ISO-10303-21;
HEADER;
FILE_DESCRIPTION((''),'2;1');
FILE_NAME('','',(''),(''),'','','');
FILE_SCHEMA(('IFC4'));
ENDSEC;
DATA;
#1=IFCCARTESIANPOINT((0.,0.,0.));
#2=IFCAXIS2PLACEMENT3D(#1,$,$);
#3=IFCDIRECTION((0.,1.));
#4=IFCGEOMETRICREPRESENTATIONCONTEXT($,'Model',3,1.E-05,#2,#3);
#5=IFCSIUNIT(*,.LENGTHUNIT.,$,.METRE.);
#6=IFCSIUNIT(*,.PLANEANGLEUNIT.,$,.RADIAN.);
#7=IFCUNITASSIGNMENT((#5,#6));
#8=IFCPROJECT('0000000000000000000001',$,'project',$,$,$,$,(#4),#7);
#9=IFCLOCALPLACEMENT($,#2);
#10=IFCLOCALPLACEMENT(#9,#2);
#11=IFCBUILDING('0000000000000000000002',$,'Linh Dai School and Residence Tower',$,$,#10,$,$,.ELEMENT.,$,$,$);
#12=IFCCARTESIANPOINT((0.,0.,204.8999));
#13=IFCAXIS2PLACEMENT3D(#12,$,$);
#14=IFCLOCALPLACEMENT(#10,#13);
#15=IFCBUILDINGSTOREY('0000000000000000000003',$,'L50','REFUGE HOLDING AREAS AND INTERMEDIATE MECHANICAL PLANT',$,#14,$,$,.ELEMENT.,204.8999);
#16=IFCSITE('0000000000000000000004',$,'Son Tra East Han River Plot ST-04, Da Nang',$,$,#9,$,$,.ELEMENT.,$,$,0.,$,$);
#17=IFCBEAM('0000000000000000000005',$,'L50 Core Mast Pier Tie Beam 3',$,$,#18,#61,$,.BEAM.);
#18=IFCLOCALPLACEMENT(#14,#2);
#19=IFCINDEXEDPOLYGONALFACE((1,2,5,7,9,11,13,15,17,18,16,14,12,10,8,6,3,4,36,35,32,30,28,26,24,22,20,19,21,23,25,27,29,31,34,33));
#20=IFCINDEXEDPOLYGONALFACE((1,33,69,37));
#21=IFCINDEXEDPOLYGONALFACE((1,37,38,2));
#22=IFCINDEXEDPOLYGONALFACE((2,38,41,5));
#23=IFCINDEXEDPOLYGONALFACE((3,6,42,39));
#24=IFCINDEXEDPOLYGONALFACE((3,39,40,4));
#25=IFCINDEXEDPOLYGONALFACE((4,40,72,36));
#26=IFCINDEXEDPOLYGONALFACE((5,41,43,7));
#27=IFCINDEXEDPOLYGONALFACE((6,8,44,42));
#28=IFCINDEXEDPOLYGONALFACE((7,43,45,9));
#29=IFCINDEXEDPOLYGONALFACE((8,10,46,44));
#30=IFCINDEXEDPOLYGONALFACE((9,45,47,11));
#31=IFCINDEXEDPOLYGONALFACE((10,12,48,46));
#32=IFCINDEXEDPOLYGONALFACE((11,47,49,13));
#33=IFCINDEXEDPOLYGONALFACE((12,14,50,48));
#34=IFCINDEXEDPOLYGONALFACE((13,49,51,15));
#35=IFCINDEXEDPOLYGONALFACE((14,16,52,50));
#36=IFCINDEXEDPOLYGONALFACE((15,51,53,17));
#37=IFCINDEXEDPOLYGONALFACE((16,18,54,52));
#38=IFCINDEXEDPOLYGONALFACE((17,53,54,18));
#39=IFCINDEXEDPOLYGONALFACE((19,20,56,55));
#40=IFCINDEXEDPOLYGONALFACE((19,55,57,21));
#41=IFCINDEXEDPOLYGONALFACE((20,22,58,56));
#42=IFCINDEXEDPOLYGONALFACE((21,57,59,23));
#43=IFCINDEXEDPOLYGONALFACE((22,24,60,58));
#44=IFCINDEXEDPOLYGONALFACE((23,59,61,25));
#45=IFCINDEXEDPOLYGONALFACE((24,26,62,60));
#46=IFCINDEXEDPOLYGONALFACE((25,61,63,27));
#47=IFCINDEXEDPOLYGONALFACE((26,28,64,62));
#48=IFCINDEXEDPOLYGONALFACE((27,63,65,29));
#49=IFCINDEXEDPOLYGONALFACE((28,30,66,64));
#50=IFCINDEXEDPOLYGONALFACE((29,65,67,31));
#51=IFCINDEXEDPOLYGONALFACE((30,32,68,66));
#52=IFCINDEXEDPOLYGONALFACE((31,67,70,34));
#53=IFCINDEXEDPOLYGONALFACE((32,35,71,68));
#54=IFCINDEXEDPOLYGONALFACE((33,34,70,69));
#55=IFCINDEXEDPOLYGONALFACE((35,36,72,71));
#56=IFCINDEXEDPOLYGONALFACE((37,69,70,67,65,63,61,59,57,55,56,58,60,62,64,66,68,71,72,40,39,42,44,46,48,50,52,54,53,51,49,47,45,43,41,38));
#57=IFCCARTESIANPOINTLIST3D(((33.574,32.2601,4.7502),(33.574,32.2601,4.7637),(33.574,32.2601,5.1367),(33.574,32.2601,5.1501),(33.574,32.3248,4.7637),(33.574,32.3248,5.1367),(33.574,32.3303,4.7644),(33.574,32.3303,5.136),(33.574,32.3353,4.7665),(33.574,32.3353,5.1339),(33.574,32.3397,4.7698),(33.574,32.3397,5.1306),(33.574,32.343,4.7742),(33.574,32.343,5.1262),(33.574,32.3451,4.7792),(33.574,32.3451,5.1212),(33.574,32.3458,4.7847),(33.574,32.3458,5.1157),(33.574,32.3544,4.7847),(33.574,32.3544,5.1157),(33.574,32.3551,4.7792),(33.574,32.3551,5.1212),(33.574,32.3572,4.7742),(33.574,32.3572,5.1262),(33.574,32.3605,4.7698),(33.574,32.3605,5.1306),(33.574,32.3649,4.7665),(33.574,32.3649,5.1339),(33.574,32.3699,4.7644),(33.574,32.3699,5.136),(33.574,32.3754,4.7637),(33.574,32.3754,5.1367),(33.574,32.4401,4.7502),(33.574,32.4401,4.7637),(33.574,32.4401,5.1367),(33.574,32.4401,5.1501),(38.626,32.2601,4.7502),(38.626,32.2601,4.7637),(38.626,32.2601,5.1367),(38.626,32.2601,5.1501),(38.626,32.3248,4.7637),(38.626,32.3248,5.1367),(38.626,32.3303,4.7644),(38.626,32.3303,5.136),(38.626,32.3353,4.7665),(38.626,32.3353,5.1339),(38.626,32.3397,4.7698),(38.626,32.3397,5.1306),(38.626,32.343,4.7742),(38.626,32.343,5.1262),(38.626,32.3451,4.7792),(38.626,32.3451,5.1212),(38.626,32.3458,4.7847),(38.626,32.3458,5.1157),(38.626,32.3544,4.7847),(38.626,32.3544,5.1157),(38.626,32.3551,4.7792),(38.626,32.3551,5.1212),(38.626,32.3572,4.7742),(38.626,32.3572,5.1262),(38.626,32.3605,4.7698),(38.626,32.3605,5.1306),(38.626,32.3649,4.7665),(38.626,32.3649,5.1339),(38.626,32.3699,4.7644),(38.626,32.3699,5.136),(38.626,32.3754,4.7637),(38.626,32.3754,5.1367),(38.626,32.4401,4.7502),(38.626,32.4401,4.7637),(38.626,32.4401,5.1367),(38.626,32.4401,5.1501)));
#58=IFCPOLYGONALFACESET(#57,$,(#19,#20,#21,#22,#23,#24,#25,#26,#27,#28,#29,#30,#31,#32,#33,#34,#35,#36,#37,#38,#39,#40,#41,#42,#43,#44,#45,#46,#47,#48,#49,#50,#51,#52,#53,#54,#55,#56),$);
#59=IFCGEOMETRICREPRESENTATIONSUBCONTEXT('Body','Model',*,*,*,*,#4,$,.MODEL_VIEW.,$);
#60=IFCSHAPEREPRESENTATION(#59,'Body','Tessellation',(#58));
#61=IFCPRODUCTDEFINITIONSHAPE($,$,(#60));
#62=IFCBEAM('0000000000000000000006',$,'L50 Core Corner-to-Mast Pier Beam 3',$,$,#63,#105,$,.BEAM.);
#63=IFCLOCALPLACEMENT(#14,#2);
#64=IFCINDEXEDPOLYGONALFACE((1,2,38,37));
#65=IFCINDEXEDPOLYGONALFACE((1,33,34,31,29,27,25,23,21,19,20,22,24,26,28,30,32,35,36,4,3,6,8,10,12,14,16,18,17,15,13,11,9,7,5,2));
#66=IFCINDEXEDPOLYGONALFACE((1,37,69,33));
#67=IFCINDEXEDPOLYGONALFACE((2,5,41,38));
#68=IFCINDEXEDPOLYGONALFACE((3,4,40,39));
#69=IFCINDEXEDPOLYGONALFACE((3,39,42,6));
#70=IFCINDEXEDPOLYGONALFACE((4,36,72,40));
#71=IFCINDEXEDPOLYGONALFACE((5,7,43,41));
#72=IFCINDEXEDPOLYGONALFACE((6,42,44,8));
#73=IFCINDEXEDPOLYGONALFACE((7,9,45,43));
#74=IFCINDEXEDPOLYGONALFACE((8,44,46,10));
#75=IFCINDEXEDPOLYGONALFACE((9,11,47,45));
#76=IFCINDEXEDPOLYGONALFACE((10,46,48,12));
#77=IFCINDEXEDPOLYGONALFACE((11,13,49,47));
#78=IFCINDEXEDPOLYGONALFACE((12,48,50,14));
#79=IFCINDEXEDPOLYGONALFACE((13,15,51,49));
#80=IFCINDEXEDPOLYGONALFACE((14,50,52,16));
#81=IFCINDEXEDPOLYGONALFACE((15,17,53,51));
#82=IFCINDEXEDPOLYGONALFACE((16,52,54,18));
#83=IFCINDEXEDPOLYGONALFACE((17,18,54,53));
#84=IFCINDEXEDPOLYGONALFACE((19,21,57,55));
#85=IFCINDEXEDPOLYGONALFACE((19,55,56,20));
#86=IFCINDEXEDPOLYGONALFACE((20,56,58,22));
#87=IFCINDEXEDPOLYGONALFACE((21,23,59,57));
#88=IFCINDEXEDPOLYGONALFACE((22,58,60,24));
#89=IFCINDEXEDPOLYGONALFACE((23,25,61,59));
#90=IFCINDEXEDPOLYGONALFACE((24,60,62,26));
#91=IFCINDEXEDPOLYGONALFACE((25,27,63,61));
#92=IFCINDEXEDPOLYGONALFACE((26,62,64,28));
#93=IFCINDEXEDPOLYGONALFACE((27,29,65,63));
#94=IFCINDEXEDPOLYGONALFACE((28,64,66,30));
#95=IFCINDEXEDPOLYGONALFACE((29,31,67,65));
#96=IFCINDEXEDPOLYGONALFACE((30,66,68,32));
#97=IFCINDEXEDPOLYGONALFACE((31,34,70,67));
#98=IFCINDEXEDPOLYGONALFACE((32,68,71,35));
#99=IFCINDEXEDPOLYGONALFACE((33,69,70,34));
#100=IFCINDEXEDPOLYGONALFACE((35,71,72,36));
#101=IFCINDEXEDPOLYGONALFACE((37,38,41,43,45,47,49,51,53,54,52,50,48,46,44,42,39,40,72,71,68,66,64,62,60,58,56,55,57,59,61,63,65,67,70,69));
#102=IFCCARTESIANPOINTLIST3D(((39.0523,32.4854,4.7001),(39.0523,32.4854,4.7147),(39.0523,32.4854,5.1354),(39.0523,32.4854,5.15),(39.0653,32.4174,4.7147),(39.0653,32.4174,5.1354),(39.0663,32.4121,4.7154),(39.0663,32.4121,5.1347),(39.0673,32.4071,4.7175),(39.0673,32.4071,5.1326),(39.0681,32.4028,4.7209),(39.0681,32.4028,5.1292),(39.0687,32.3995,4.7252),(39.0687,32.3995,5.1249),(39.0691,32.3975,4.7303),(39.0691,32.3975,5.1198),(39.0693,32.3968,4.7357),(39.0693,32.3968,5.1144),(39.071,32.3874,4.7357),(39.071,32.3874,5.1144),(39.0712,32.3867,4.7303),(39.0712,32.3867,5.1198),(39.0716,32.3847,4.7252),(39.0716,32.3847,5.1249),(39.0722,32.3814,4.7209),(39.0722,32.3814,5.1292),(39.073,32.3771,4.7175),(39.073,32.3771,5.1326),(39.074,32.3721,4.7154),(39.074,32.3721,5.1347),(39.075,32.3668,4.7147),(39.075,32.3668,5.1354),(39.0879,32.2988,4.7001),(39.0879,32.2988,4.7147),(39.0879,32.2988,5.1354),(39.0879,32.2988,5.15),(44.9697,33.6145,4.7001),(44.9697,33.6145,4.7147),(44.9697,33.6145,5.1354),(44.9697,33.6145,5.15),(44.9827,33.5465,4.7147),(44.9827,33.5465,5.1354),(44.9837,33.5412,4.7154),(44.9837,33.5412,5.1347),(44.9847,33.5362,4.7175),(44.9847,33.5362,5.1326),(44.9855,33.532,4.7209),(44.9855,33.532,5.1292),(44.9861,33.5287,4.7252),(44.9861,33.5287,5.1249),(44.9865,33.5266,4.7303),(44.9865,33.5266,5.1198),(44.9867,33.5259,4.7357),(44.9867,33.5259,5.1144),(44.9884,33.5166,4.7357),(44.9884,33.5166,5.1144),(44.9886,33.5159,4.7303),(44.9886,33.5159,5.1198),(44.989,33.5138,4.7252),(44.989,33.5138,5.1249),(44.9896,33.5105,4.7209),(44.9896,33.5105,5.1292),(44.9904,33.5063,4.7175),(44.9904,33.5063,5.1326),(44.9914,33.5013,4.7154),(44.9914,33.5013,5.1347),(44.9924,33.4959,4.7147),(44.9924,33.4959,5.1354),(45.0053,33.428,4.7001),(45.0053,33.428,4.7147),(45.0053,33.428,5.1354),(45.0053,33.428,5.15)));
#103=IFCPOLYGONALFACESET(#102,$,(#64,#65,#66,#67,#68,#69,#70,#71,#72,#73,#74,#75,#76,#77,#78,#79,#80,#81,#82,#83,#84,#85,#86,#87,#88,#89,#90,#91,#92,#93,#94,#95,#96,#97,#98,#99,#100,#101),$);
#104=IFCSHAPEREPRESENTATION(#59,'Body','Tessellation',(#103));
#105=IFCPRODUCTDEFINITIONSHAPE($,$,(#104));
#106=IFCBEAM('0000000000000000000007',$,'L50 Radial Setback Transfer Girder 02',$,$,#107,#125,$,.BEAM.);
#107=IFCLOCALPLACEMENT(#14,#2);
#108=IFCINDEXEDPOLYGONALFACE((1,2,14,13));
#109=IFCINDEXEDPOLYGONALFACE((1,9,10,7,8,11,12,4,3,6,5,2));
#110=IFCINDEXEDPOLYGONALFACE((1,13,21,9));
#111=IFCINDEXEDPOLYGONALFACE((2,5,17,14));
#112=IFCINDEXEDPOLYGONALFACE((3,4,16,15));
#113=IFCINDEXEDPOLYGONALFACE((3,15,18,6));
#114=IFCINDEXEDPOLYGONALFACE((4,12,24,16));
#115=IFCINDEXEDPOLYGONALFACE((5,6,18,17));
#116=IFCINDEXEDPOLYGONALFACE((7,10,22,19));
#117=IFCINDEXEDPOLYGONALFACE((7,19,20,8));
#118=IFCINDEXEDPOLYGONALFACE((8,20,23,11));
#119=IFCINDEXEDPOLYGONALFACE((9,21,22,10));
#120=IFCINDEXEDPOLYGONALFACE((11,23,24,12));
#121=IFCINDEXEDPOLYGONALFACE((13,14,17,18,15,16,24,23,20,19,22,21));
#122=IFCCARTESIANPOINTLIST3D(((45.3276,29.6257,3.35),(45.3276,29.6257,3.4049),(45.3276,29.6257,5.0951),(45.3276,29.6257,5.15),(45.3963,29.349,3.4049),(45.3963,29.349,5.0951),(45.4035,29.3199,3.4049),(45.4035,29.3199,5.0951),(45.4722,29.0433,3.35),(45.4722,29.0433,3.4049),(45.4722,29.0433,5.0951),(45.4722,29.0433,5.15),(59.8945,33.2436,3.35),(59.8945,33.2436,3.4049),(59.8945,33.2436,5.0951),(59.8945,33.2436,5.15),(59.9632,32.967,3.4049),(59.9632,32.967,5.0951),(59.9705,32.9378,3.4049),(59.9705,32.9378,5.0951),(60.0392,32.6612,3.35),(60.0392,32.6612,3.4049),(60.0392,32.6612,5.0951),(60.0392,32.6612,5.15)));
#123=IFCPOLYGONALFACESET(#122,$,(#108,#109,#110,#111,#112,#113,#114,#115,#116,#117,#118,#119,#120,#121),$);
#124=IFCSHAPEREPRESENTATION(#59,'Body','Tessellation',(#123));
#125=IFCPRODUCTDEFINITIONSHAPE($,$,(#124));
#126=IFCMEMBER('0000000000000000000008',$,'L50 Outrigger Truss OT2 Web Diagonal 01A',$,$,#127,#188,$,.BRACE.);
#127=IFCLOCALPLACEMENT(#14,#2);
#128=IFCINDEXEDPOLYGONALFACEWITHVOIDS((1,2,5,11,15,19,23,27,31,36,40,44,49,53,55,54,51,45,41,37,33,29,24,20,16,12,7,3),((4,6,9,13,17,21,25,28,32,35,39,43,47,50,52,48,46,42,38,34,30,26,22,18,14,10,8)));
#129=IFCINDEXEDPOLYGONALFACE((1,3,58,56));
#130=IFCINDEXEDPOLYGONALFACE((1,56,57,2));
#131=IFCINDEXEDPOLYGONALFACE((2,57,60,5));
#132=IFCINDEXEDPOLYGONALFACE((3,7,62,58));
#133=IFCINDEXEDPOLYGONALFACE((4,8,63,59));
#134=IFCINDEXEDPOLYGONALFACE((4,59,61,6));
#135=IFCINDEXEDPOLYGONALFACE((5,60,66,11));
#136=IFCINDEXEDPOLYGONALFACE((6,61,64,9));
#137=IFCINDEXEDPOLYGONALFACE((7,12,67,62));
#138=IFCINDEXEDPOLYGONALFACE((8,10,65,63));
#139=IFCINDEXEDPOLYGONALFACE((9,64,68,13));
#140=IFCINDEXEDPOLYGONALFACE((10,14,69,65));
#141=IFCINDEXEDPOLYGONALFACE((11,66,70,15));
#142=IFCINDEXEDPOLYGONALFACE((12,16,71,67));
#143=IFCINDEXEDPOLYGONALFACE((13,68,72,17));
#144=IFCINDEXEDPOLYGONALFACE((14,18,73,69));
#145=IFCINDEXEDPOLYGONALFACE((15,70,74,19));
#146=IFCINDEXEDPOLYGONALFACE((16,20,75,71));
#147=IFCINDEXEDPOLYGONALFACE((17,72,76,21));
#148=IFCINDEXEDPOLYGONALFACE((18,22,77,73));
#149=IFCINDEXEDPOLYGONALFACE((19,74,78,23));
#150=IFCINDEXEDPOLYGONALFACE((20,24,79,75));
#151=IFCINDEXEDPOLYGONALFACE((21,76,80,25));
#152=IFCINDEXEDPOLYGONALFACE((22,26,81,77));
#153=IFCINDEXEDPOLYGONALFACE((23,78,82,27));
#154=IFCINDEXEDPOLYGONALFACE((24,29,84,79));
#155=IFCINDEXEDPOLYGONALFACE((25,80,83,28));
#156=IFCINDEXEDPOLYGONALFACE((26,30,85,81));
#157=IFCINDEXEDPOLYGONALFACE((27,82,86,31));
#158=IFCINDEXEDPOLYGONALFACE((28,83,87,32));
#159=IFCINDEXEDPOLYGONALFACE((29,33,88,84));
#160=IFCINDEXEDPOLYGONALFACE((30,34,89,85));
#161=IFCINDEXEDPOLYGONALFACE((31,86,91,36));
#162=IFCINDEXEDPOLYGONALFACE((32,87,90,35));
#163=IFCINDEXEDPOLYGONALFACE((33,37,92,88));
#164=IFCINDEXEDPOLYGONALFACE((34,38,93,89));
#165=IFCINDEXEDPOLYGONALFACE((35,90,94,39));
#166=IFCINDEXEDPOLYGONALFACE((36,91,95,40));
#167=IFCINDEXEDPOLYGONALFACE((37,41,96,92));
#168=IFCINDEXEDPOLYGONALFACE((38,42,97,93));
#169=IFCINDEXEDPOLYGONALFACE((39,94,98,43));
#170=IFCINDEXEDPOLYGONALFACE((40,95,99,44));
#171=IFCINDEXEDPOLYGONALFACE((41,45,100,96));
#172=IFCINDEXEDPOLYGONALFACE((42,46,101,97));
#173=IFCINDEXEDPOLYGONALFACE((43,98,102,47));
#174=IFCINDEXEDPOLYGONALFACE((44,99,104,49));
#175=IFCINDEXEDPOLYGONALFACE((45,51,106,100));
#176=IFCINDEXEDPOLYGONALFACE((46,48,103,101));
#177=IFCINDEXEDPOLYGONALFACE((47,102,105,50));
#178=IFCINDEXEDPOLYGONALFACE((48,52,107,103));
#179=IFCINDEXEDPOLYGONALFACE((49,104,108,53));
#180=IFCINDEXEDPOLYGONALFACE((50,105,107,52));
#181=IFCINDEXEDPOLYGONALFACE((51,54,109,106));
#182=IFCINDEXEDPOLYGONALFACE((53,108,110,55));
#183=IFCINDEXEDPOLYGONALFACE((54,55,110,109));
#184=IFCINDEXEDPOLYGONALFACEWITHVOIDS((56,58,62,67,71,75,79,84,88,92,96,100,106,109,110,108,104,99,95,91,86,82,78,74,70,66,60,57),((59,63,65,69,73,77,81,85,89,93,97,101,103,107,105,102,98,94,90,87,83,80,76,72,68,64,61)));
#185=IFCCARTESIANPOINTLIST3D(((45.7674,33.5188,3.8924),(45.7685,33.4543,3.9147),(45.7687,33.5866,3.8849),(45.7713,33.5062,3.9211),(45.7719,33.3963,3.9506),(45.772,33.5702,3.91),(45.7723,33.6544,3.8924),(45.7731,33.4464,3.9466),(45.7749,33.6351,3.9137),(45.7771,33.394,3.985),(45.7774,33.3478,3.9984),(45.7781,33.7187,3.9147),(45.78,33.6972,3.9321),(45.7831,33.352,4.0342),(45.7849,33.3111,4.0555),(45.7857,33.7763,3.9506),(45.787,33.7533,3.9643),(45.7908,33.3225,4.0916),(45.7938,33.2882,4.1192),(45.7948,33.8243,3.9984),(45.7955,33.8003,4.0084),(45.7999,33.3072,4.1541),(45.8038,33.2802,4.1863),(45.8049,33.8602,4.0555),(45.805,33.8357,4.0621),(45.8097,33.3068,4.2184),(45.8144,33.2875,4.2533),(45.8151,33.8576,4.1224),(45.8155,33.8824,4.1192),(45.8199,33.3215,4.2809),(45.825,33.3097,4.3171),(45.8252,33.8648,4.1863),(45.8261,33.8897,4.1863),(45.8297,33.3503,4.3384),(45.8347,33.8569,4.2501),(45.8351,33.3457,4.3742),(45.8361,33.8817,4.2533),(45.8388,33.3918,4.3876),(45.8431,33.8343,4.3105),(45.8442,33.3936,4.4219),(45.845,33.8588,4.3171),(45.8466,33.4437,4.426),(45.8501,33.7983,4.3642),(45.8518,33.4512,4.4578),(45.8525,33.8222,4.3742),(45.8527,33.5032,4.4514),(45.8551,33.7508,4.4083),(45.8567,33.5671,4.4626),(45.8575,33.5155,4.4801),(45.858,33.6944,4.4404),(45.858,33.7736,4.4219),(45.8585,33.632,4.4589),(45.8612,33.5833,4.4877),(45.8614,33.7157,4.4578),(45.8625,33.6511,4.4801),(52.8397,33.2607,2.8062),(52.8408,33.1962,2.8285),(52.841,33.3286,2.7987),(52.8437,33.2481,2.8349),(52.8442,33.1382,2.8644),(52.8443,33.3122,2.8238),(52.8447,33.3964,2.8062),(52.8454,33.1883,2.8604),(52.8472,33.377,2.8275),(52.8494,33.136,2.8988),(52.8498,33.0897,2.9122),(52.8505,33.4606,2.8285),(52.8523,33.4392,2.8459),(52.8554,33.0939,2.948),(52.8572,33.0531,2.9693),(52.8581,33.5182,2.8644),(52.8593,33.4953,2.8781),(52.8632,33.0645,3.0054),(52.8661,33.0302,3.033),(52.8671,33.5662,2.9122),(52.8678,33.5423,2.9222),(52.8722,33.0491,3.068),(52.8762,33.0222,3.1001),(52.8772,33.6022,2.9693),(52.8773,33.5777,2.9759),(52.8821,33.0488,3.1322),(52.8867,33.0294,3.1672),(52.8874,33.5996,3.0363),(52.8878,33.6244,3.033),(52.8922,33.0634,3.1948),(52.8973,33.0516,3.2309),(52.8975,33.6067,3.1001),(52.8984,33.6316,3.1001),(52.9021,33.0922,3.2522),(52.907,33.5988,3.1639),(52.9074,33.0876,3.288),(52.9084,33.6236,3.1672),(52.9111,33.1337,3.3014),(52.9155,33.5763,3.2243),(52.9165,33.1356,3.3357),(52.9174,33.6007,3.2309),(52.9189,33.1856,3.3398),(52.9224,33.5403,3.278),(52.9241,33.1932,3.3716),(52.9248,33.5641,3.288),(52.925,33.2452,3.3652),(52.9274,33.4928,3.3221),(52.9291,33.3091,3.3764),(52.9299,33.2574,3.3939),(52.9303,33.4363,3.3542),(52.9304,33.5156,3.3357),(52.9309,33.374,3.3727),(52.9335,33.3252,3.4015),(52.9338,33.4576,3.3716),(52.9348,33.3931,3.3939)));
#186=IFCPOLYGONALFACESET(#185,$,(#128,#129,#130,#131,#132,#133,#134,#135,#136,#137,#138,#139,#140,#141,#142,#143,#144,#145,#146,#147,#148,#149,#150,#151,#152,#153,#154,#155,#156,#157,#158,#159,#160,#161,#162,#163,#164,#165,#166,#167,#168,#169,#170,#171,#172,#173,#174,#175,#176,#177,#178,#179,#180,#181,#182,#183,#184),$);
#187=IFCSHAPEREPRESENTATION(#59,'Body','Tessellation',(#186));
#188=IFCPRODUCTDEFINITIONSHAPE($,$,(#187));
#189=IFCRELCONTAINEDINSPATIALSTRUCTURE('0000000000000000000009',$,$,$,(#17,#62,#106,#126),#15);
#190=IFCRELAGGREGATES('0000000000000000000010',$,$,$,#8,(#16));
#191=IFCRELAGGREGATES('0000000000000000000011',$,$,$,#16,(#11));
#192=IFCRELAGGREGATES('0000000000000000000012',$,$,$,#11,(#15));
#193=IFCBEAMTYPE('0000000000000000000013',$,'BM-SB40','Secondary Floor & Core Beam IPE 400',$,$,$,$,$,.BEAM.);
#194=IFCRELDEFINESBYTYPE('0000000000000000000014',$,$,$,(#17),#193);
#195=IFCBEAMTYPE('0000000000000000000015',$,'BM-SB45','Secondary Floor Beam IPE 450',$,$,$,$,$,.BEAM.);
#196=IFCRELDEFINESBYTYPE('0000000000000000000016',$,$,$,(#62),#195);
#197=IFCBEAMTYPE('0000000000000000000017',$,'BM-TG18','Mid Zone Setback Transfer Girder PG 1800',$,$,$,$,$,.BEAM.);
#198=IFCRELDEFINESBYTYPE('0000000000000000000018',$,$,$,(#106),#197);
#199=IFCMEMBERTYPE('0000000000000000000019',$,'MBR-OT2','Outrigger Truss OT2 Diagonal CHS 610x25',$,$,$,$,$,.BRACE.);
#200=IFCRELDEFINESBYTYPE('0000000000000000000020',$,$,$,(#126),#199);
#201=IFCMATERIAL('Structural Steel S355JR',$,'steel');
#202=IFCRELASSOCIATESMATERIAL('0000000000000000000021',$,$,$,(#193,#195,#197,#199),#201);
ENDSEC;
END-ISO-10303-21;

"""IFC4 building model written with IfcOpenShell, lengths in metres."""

from ifc_helpers import new_model, si_unit, direction, frame, origin, origin_2d, place, context, subcontext, project, spatial, hollow_circle, i_section, extrude, material, material_profile, profile_set, type_object, element, save


model = new_model("IFC4")

# Units and contexts
model_context = context("Model", 3, precision=1e-05, world=origin(), true_north=direction((0.0, 1.0)))
body_context = subcontext(model_context, "Body", "Model", "MODEL_VIEW")
ifc_project = project(units=[si_unit("LENGTHUNIT", "METRE"), si_unit("PLANEANGLEUNIT", "RADIAN")], contexts=[model_context])

# Site, building, storey
site_placement = place(None, origin())
site = spatial("IfcSite", under=ifc_project, at=site_placement, Name="Son Tra East Han River Plot ST-04, Da Nang", CompositionType="ELEMENT", RefElevation=0.0)
building_placement = place(site_placement, origin())
building = spatial("IfcBuilding", under=site, at=building_placement, Name="Linh Dai School and Residence Tower", CompositionType="ELEMENT")
storey_placement = place(building_placement, frame((0.0, 0.0, 204.8999)))
storey = spatial("IfcBuildingStorey", under=building, at=storey_placement, Name="L50", Description="REFUGE HOLDING AREAS AND INTERMEDIATE MECHANICAL PLANT", CompositionType="ELEMENT", Elevation=204.8999)

# Shared definitions
ifc_material_1 = material(Name="Structural Steel S355JR", Category="steel")

# Beams
ifc_material_profile_1 = material_profile(ifc_material_1, i_section(OverallWidth=0.1799, OverallDepth=0.3999, WebThickness=0.0085, FlangeThickness=0.0134, FilletRadius=0.021, at=origin_2d()), Name="IPE 400")
ifc_profile_set_1 = profile_set([ifc_material_profile_1], Name="Structural Steel S355JR")
beam_type_1 = type_object("IfcBeamType", Name="BM-SB40", Description="Secondary Floor & Core Beam IPE 400", PredefinedType="BEAM", material=ifc_profile_set_1)
beam_1_placement = place(storey_placement, frame((38.626, 32.3501, 4.9502), z_axis=(-1.0, 0.0, 0.0), x_axis=(0.0, -1.0, 0.0)))
element("IfcBeam", 1, at=beam_1_placement, inside=storey, type_object=beam_type_1, Name="L50 Core Mast Pier Tie Beam 3", PredefinedType="BEAM", context=body_context, shape_type="SweptSolid", body=[
    extrude(i_section(OverallWidth=0.1799, OverallDepth=0.3999, WebThickness=0.0085, FlangeThickness=0.0134, FilletRadius=0.021, at=origin_2d()), origin(), (0.0, 0.0, 1.0), 5.052),
])
ifc_material_profile_2 = material_profile(ifc_material_1, i_section(OverallWidth=0.1899, OverallDepth=0.45, WebThickness=0.0095, FlangeThickness=0.0146, FilletRadius=0.021, at=origin_2d()), Name="IPE 450")
ifc_profile_set_2 = profile_set([ifc_material_profile_2], Name="Structural Steel S355JR")
beam_type_2 = type_object("IfcBeamType", Name="BM-SB45", Description="Secondary Floor Beam IPE 450", PredefinedType="BEAM", material=ifc_profile_set_2)
beam_2_placement = place(storey_placement, frame((44.9875, 33.5212, 4.925), z_axis=(-0.982277, -0.187434, 0.0), x_axis=(0.187434, -0.982277, 0.0)))
element("IfcBeam", 2, at=beam_2_placement, inside=storey, type_object=beam_type_2, Name="L50 Core Corner-to-Mast Pier Beam 3", PredefinedType="BEAM", context=body_context, shape_type="SweptSolid", body=[
    extrude(i_section(OverallWidth=0.1899, OverallDepth=0.45, WebThickness=0.0095, FlangeThickness=0.0146, FilletRadius=0.021, at=origin_2d()), origin(), (0.0, 0.0, 1.0), 6.0242),
])
ifc_material_profile_3 = material_profile(ifc_material_1, i_section(OverallWidth=0.6001, OverallDepth=1.8, WebThickness=0.03, FlangeThickness=0.0549, at=origin_2d()), Name="PG 1800x600x30x55")
ifc_profile_set_3 = profile_set([ifc_material_profile_3], Name="Structural Steel S355JR")
beam_type_3 = type_object("IfcBeamType", Name="BM-TG18", Description="Mid Zone Setback Transfer Girder PG 1800", PredefinedType="BEAM", material=ifc_profile_set_3)
beam_3_placement = place(storey_placement, frame((45.3999, 29.3345, 4.25), z_axis=(0.970515, 0.241043, 0.0), x_axis=(-0.241043, 0.970515, 0.0)))
element("IfcBeam", 3, at=beam_3_placement, inside=storey, type_object=beam_type_3, Name="L50 Radial Setback Transfer Girder 02", PredefinedType="BEAM", context=body_context, shape_type="SweptSolid", body=[
    extrude(i_section(OverallWidth=0.6001, OverallDepth=1.8, WebThickness=0.03, FlangeThickness=0.0549, at=origin_2d()), origin(), (0.0, 0.0, 1.0), 15.0095),
])

# Member
ifc_material_profile_4 = material_profile(ifc_material_1, hollow_circle(Radius=0.3049, WallThickness=0.0249, at=origin_2d()), Name="CHS 610x25")
ifc_profile_set_4 = profile_set([ifc_material_profile_4], Name="Structural Steel S355JR")
member_type = type_object("IfcMemberType", Name="MBR-OT2", Description="Outrigger Truss OT2 Diagonal CHS 610x25", PredefinedType="BRACE", material=ifc_profile_set_4)
member_placement = place(storey_placement, frame((45.8149, 33.585, 4.1863), z_axis=(0.987769, -0.036042, -0.151705), x_axis=(0.036464, 0.999335, 0.0)))
element("IfcMember", 4, at=member_placement, inside=storey, type_object=member_type, Name="L50 Outrigger Truss OT2 Web Diagonal 01A", PredefinedType="BRACE", context=body_context, shape_type="SweptSolid", body=[
    extrude(hollow_circle(Radius=0.3049, WallThickness=0.0249, at=origin_2d()), origin(), (0.0, 0.0, 1.0), 7.1599),
])

save(model, "model.ifc")
